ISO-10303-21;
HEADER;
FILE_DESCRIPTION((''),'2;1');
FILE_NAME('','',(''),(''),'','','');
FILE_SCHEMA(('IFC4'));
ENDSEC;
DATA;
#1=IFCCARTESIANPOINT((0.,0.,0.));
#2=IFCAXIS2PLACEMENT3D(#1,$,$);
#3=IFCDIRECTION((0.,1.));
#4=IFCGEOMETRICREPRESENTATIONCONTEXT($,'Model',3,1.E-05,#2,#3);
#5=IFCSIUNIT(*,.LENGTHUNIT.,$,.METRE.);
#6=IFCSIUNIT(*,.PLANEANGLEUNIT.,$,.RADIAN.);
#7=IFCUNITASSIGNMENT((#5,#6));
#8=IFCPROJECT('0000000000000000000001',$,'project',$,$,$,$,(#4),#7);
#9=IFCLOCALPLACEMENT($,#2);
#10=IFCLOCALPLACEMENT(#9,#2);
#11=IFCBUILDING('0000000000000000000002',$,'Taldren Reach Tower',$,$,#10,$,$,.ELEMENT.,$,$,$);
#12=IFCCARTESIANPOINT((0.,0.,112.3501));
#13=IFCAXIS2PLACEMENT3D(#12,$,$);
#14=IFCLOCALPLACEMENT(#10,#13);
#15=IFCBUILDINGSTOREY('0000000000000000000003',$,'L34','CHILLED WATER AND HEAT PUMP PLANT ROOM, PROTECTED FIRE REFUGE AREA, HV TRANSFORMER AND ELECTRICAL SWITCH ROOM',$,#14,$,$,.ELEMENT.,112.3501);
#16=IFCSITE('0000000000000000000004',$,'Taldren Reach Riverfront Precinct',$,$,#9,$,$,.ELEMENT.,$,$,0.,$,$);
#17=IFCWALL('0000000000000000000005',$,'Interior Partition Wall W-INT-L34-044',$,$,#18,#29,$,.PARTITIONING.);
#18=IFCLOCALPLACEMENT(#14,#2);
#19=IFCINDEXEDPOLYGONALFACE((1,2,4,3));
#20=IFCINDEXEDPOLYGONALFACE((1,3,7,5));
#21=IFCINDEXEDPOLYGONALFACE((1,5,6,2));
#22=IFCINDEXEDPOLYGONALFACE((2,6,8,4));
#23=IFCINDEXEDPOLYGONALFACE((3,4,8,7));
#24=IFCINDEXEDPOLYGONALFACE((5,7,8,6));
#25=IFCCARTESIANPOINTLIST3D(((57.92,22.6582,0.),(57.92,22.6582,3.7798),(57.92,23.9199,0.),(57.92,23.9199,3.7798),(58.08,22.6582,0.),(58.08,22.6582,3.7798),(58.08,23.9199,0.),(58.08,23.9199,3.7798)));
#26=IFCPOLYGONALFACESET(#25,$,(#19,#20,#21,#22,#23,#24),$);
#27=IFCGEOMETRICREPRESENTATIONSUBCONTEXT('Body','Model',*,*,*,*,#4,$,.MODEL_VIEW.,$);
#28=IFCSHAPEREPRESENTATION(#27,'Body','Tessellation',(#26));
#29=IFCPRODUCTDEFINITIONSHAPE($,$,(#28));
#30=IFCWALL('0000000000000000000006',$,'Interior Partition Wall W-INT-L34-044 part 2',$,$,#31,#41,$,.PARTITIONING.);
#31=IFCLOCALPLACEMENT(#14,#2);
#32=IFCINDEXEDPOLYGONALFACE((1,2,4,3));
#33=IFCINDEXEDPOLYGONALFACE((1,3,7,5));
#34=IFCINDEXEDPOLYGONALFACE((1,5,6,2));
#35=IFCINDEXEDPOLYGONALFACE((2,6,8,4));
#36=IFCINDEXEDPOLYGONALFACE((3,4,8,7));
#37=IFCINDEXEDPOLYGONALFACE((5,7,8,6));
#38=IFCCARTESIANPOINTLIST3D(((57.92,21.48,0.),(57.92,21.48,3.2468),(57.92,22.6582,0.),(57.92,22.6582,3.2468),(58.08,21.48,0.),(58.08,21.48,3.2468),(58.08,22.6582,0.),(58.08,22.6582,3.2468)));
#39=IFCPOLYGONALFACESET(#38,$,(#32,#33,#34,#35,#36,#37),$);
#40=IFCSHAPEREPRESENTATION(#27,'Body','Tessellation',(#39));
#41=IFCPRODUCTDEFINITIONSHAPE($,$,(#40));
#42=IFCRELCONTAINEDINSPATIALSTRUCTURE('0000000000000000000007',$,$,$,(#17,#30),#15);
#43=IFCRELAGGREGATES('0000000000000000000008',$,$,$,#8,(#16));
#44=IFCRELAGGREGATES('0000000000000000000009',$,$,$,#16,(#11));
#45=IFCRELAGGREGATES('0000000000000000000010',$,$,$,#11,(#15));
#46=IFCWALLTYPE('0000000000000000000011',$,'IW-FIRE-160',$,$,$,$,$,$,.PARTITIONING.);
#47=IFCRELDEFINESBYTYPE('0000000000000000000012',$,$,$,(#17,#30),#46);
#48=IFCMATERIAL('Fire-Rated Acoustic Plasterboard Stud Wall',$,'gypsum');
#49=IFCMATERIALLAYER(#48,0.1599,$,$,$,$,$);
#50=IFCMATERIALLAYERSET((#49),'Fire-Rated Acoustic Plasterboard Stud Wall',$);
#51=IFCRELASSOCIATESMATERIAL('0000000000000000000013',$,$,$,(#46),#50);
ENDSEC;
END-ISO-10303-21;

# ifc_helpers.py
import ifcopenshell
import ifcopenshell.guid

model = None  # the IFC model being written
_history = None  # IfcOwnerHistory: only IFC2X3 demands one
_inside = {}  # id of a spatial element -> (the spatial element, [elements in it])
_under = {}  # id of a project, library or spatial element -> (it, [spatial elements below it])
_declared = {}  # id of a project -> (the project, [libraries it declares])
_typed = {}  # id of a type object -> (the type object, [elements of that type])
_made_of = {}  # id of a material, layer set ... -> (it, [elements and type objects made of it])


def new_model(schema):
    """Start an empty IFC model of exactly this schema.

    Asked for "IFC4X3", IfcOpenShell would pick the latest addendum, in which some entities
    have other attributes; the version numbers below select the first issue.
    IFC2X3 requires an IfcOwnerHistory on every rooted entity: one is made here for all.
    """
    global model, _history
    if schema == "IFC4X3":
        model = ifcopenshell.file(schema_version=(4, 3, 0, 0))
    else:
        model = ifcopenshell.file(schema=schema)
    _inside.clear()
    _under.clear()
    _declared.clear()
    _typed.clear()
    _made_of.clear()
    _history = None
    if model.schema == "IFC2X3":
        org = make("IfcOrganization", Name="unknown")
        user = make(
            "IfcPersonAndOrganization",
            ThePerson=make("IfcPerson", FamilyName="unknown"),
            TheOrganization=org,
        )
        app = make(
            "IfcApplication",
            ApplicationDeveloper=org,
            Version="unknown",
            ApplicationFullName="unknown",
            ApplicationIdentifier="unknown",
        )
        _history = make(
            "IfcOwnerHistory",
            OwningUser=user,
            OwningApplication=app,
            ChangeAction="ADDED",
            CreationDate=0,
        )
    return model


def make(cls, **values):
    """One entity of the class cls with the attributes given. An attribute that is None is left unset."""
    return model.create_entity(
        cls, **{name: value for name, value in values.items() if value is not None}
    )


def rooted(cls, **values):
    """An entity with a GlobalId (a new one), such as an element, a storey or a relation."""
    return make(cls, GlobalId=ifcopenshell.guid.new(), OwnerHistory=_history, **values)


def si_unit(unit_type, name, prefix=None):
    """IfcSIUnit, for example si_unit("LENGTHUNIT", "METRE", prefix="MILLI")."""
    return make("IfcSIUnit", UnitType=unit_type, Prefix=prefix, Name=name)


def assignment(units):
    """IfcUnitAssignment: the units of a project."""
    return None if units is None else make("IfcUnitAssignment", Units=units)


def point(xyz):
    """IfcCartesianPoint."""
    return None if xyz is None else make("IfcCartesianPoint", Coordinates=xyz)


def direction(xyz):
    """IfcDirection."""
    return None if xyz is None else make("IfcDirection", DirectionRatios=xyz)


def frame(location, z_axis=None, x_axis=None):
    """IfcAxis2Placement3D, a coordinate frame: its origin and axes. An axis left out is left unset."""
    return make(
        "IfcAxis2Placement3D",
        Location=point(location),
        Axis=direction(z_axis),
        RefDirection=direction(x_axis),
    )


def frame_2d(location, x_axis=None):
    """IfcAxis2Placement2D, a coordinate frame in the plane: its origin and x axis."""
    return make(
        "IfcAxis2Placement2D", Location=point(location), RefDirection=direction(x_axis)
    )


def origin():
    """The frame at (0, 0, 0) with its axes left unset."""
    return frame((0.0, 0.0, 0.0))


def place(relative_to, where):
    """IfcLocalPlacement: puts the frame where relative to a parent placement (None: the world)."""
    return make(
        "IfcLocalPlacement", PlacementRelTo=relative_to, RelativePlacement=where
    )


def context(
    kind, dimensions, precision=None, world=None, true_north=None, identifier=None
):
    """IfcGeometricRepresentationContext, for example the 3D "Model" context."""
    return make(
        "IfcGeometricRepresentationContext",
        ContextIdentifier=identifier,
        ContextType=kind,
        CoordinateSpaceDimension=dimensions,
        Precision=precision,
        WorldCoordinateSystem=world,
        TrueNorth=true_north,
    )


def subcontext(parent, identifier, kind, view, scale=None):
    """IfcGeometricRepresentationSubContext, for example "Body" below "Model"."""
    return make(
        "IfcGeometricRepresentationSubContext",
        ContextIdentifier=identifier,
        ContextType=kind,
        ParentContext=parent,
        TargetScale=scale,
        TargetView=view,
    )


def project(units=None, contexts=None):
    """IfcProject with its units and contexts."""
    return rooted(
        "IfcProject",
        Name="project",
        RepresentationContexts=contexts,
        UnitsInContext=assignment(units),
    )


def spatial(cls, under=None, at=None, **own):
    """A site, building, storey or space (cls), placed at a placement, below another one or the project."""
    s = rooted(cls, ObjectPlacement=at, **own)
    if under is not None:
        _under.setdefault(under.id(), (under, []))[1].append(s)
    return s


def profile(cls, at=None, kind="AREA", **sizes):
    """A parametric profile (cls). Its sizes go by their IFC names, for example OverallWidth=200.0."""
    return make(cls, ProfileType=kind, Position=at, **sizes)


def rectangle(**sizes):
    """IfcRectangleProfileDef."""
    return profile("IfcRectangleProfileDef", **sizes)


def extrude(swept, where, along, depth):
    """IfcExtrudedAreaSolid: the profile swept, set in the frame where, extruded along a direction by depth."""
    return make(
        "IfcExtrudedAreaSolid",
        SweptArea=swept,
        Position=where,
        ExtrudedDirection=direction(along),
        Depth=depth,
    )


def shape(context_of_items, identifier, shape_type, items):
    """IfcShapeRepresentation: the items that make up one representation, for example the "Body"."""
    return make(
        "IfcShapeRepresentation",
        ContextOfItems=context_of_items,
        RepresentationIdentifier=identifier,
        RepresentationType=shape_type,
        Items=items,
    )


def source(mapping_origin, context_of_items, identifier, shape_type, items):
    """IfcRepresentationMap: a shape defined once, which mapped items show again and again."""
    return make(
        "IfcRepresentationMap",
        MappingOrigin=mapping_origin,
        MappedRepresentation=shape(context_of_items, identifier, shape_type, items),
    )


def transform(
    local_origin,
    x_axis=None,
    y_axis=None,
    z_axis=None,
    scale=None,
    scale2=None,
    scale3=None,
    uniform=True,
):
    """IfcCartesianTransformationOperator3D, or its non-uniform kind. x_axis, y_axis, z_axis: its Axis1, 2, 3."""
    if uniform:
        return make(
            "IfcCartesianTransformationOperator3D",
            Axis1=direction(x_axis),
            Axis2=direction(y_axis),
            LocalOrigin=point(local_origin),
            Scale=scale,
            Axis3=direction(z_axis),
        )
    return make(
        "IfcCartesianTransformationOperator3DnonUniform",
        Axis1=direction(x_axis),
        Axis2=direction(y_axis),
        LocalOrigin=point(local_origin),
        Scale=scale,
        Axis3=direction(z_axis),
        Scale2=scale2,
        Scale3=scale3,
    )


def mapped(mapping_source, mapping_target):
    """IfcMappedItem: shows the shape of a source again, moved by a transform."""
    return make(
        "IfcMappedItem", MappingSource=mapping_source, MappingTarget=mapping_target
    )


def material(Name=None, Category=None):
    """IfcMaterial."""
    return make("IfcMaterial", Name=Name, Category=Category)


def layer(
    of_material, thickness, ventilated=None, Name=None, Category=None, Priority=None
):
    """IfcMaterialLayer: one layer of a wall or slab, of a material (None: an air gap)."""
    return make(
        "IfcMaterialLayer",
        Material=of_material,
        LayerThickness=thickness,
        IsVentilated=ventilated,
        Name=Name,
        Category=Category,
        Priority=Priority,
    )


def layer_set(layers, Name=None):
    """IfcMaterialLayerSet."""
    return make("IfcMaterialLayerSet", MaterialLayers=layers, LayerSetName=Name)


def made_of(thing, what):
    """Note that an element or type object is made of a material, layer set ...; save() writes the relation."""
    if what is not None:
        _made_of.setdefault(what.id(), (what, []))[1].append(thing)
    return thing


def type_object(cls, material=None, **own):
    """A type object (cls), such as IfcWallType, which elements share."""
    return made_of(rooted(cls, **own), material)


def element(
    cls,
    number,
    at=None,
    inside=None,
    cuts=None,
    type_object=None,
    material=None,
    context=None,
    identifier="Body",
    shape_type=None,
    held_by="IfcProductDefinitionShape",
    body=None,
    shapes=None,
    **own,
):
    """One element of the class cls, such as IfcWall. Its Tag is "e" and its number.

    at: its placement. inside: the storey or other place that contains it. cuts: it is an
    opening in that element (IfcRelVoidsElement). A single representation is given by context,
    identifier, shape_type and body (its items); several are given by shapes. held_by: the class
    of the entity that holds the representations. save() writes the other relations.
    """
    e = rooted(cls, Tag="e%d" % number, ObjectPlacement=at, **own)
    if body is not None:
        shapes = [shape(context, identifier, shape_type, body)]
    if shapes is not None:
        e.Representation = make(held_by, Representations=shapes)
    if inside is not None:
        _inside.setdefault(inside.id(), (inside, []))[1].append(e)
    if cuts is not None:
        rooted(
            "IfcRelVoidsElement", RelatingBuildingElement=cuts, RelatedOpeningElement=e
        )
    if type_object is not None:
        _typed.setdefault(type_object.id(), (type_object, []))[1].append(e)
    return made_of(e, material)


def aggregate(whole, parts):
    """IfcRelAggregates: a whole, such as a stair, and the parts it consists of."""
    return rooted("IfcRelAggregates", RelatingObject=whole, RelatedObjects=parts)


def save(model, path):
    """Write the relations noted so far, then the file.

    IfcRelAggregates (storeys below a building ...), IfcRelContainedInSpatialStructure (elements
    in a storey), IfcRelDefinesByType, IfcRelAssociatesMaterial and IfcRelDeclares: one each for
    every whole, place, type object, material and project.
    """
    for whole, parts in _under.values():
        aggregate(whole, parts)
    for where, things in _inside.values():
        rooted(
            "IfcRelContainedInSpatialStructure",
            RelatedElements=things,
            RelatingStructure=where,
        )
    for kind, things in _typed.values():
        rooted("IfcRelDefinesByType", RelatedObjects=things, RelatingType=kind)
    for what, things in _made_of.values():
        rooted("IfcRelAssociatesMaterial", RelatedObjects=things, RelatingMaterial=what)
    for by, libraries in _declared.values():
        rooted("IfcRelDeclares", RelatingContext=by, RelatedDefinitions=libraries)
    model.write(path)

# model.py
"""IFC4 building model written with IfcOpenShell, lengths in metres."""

from ifc_helpers import new_model, si_unit, direction, frame, frame_2d, origin, place, context, subcontext, project, spatial, rectangle, extrude, source, transform, mapped, material, layer, layer_set, type_object, element, save


model = new_model("IFC4")

# Units and contexts
model_context = context("Model", 3, precision=1e-05, world=origin(), true_north=direction((0.0, 1.0)))
body_context = subcontext(model_context, "Body", "Model", "MODEL_VIEW")
ifc_project = project(units=[si_unit("LENGTHUNIT", "METRE"), si_unit("PLANEANGLEUNIT", "RADIAN")], contexts=[model_context])

# Site, building, storey
site_placement = place(None, origin())
site = spatial("IfcSite", under=ifc_project, at=site_placement, Name="Taldren Reach Riverfront Precinct", CompositionType="ELEMENT", RefElevation=0.0)
building_placement = place(site_placement, origin())
building = spatial("IfcBuilding", under=site, at=building_placement, Name="Taldren Reach Tower", CompositionType="ELEMENT")
storey_placement = place(building_placement, frame((0.0, 0.0, 112.3501)))
storey = spatial("IfcBuildingStorey", under=building, at=storey_placement, Name="L34", Description="CHILLED WATER AND HEAT PUMP PLANT ROOM, PROTECTED FIRE REFUGE AREA, HV TRANSFORMER AND ELECTRICAL SWITCH ROOM", CompositionType="ELEMENT", Elevation=112.3501)

# Shared definitions
ifc_material_1 = material(Name="Fire-Rated Acoustic Plasterboard Stud Wall", Category="gypsum")
ifc_layer_1 = layer(ifc_material_1, 0.1599)
ifc_layer_set_1 = layer_set([ifc_layer_1], Name="Fire-Rated Acoustic Plasterboard Stud Wall")
wall_type_1 = type_object("IfcWallType", Name="IW-FIRE-160", PredefinedType="PARTITIONING", material=ifc_layer_set_1)

# Walls
shared_shape_1 = source(origin(), body_context, "Body", "SweptSolid", [
    extrude(rectangle(XDim=1.2617, YDim=0.1599, at=frame_2d((0.6309, 0.0))), origin(), (0.0, 0.0, 1.0), 3.7798),
])
wall_1_placement = place(storey_placement, frame((58.0, 23.9199, 0.0), z_axis=(0.0, 0.0, 1.0), x_axis=(0.0, -1.0, 0.0)))
element("IfcWall", 1, at=wall_1_placement, inside=storey, type_object=wall_type_1, Name="Interior Partition Wall W-INT-L34-044", PredefinedType="PARTITIONING", context=body_context, shape_type="MappedRepresentation", body=[
    mapped(shared_shape_1, transform((0.0, 0.0, 0.0), scale=1.0)),
])
shared_shape_2 = source(origin(), body_context, "Body", "SweptSolid", [
    extrude(rectangle(XDim=1.1782, YDim=0.1599, at=frame_2d((0.5891, 0.0))), origin(), (0.0, 0.0, 1.0), 3.2468),
])
wall_2_placement = place(storey_placement, frame((58.0, 22.6582, 0.0), z_axis=(0.0, 0.0, 1.0), x_axis=(0.0, -1.0, 0.0)))
element("IfcWall", 2, at=wall_2_placement, inside=storey, type_object=wall_type_1, Name="Interior Partition Wall W-INT-L34-044 part 2", PredefinedType="PARTITIONING", context=body_context, shape_type="MappedRepresentation", body=[
    mapped(shared_shape_2, transform((0.0, 0.0, 0.0), scale=1.0)),
])

save(model, "model.ifc")
